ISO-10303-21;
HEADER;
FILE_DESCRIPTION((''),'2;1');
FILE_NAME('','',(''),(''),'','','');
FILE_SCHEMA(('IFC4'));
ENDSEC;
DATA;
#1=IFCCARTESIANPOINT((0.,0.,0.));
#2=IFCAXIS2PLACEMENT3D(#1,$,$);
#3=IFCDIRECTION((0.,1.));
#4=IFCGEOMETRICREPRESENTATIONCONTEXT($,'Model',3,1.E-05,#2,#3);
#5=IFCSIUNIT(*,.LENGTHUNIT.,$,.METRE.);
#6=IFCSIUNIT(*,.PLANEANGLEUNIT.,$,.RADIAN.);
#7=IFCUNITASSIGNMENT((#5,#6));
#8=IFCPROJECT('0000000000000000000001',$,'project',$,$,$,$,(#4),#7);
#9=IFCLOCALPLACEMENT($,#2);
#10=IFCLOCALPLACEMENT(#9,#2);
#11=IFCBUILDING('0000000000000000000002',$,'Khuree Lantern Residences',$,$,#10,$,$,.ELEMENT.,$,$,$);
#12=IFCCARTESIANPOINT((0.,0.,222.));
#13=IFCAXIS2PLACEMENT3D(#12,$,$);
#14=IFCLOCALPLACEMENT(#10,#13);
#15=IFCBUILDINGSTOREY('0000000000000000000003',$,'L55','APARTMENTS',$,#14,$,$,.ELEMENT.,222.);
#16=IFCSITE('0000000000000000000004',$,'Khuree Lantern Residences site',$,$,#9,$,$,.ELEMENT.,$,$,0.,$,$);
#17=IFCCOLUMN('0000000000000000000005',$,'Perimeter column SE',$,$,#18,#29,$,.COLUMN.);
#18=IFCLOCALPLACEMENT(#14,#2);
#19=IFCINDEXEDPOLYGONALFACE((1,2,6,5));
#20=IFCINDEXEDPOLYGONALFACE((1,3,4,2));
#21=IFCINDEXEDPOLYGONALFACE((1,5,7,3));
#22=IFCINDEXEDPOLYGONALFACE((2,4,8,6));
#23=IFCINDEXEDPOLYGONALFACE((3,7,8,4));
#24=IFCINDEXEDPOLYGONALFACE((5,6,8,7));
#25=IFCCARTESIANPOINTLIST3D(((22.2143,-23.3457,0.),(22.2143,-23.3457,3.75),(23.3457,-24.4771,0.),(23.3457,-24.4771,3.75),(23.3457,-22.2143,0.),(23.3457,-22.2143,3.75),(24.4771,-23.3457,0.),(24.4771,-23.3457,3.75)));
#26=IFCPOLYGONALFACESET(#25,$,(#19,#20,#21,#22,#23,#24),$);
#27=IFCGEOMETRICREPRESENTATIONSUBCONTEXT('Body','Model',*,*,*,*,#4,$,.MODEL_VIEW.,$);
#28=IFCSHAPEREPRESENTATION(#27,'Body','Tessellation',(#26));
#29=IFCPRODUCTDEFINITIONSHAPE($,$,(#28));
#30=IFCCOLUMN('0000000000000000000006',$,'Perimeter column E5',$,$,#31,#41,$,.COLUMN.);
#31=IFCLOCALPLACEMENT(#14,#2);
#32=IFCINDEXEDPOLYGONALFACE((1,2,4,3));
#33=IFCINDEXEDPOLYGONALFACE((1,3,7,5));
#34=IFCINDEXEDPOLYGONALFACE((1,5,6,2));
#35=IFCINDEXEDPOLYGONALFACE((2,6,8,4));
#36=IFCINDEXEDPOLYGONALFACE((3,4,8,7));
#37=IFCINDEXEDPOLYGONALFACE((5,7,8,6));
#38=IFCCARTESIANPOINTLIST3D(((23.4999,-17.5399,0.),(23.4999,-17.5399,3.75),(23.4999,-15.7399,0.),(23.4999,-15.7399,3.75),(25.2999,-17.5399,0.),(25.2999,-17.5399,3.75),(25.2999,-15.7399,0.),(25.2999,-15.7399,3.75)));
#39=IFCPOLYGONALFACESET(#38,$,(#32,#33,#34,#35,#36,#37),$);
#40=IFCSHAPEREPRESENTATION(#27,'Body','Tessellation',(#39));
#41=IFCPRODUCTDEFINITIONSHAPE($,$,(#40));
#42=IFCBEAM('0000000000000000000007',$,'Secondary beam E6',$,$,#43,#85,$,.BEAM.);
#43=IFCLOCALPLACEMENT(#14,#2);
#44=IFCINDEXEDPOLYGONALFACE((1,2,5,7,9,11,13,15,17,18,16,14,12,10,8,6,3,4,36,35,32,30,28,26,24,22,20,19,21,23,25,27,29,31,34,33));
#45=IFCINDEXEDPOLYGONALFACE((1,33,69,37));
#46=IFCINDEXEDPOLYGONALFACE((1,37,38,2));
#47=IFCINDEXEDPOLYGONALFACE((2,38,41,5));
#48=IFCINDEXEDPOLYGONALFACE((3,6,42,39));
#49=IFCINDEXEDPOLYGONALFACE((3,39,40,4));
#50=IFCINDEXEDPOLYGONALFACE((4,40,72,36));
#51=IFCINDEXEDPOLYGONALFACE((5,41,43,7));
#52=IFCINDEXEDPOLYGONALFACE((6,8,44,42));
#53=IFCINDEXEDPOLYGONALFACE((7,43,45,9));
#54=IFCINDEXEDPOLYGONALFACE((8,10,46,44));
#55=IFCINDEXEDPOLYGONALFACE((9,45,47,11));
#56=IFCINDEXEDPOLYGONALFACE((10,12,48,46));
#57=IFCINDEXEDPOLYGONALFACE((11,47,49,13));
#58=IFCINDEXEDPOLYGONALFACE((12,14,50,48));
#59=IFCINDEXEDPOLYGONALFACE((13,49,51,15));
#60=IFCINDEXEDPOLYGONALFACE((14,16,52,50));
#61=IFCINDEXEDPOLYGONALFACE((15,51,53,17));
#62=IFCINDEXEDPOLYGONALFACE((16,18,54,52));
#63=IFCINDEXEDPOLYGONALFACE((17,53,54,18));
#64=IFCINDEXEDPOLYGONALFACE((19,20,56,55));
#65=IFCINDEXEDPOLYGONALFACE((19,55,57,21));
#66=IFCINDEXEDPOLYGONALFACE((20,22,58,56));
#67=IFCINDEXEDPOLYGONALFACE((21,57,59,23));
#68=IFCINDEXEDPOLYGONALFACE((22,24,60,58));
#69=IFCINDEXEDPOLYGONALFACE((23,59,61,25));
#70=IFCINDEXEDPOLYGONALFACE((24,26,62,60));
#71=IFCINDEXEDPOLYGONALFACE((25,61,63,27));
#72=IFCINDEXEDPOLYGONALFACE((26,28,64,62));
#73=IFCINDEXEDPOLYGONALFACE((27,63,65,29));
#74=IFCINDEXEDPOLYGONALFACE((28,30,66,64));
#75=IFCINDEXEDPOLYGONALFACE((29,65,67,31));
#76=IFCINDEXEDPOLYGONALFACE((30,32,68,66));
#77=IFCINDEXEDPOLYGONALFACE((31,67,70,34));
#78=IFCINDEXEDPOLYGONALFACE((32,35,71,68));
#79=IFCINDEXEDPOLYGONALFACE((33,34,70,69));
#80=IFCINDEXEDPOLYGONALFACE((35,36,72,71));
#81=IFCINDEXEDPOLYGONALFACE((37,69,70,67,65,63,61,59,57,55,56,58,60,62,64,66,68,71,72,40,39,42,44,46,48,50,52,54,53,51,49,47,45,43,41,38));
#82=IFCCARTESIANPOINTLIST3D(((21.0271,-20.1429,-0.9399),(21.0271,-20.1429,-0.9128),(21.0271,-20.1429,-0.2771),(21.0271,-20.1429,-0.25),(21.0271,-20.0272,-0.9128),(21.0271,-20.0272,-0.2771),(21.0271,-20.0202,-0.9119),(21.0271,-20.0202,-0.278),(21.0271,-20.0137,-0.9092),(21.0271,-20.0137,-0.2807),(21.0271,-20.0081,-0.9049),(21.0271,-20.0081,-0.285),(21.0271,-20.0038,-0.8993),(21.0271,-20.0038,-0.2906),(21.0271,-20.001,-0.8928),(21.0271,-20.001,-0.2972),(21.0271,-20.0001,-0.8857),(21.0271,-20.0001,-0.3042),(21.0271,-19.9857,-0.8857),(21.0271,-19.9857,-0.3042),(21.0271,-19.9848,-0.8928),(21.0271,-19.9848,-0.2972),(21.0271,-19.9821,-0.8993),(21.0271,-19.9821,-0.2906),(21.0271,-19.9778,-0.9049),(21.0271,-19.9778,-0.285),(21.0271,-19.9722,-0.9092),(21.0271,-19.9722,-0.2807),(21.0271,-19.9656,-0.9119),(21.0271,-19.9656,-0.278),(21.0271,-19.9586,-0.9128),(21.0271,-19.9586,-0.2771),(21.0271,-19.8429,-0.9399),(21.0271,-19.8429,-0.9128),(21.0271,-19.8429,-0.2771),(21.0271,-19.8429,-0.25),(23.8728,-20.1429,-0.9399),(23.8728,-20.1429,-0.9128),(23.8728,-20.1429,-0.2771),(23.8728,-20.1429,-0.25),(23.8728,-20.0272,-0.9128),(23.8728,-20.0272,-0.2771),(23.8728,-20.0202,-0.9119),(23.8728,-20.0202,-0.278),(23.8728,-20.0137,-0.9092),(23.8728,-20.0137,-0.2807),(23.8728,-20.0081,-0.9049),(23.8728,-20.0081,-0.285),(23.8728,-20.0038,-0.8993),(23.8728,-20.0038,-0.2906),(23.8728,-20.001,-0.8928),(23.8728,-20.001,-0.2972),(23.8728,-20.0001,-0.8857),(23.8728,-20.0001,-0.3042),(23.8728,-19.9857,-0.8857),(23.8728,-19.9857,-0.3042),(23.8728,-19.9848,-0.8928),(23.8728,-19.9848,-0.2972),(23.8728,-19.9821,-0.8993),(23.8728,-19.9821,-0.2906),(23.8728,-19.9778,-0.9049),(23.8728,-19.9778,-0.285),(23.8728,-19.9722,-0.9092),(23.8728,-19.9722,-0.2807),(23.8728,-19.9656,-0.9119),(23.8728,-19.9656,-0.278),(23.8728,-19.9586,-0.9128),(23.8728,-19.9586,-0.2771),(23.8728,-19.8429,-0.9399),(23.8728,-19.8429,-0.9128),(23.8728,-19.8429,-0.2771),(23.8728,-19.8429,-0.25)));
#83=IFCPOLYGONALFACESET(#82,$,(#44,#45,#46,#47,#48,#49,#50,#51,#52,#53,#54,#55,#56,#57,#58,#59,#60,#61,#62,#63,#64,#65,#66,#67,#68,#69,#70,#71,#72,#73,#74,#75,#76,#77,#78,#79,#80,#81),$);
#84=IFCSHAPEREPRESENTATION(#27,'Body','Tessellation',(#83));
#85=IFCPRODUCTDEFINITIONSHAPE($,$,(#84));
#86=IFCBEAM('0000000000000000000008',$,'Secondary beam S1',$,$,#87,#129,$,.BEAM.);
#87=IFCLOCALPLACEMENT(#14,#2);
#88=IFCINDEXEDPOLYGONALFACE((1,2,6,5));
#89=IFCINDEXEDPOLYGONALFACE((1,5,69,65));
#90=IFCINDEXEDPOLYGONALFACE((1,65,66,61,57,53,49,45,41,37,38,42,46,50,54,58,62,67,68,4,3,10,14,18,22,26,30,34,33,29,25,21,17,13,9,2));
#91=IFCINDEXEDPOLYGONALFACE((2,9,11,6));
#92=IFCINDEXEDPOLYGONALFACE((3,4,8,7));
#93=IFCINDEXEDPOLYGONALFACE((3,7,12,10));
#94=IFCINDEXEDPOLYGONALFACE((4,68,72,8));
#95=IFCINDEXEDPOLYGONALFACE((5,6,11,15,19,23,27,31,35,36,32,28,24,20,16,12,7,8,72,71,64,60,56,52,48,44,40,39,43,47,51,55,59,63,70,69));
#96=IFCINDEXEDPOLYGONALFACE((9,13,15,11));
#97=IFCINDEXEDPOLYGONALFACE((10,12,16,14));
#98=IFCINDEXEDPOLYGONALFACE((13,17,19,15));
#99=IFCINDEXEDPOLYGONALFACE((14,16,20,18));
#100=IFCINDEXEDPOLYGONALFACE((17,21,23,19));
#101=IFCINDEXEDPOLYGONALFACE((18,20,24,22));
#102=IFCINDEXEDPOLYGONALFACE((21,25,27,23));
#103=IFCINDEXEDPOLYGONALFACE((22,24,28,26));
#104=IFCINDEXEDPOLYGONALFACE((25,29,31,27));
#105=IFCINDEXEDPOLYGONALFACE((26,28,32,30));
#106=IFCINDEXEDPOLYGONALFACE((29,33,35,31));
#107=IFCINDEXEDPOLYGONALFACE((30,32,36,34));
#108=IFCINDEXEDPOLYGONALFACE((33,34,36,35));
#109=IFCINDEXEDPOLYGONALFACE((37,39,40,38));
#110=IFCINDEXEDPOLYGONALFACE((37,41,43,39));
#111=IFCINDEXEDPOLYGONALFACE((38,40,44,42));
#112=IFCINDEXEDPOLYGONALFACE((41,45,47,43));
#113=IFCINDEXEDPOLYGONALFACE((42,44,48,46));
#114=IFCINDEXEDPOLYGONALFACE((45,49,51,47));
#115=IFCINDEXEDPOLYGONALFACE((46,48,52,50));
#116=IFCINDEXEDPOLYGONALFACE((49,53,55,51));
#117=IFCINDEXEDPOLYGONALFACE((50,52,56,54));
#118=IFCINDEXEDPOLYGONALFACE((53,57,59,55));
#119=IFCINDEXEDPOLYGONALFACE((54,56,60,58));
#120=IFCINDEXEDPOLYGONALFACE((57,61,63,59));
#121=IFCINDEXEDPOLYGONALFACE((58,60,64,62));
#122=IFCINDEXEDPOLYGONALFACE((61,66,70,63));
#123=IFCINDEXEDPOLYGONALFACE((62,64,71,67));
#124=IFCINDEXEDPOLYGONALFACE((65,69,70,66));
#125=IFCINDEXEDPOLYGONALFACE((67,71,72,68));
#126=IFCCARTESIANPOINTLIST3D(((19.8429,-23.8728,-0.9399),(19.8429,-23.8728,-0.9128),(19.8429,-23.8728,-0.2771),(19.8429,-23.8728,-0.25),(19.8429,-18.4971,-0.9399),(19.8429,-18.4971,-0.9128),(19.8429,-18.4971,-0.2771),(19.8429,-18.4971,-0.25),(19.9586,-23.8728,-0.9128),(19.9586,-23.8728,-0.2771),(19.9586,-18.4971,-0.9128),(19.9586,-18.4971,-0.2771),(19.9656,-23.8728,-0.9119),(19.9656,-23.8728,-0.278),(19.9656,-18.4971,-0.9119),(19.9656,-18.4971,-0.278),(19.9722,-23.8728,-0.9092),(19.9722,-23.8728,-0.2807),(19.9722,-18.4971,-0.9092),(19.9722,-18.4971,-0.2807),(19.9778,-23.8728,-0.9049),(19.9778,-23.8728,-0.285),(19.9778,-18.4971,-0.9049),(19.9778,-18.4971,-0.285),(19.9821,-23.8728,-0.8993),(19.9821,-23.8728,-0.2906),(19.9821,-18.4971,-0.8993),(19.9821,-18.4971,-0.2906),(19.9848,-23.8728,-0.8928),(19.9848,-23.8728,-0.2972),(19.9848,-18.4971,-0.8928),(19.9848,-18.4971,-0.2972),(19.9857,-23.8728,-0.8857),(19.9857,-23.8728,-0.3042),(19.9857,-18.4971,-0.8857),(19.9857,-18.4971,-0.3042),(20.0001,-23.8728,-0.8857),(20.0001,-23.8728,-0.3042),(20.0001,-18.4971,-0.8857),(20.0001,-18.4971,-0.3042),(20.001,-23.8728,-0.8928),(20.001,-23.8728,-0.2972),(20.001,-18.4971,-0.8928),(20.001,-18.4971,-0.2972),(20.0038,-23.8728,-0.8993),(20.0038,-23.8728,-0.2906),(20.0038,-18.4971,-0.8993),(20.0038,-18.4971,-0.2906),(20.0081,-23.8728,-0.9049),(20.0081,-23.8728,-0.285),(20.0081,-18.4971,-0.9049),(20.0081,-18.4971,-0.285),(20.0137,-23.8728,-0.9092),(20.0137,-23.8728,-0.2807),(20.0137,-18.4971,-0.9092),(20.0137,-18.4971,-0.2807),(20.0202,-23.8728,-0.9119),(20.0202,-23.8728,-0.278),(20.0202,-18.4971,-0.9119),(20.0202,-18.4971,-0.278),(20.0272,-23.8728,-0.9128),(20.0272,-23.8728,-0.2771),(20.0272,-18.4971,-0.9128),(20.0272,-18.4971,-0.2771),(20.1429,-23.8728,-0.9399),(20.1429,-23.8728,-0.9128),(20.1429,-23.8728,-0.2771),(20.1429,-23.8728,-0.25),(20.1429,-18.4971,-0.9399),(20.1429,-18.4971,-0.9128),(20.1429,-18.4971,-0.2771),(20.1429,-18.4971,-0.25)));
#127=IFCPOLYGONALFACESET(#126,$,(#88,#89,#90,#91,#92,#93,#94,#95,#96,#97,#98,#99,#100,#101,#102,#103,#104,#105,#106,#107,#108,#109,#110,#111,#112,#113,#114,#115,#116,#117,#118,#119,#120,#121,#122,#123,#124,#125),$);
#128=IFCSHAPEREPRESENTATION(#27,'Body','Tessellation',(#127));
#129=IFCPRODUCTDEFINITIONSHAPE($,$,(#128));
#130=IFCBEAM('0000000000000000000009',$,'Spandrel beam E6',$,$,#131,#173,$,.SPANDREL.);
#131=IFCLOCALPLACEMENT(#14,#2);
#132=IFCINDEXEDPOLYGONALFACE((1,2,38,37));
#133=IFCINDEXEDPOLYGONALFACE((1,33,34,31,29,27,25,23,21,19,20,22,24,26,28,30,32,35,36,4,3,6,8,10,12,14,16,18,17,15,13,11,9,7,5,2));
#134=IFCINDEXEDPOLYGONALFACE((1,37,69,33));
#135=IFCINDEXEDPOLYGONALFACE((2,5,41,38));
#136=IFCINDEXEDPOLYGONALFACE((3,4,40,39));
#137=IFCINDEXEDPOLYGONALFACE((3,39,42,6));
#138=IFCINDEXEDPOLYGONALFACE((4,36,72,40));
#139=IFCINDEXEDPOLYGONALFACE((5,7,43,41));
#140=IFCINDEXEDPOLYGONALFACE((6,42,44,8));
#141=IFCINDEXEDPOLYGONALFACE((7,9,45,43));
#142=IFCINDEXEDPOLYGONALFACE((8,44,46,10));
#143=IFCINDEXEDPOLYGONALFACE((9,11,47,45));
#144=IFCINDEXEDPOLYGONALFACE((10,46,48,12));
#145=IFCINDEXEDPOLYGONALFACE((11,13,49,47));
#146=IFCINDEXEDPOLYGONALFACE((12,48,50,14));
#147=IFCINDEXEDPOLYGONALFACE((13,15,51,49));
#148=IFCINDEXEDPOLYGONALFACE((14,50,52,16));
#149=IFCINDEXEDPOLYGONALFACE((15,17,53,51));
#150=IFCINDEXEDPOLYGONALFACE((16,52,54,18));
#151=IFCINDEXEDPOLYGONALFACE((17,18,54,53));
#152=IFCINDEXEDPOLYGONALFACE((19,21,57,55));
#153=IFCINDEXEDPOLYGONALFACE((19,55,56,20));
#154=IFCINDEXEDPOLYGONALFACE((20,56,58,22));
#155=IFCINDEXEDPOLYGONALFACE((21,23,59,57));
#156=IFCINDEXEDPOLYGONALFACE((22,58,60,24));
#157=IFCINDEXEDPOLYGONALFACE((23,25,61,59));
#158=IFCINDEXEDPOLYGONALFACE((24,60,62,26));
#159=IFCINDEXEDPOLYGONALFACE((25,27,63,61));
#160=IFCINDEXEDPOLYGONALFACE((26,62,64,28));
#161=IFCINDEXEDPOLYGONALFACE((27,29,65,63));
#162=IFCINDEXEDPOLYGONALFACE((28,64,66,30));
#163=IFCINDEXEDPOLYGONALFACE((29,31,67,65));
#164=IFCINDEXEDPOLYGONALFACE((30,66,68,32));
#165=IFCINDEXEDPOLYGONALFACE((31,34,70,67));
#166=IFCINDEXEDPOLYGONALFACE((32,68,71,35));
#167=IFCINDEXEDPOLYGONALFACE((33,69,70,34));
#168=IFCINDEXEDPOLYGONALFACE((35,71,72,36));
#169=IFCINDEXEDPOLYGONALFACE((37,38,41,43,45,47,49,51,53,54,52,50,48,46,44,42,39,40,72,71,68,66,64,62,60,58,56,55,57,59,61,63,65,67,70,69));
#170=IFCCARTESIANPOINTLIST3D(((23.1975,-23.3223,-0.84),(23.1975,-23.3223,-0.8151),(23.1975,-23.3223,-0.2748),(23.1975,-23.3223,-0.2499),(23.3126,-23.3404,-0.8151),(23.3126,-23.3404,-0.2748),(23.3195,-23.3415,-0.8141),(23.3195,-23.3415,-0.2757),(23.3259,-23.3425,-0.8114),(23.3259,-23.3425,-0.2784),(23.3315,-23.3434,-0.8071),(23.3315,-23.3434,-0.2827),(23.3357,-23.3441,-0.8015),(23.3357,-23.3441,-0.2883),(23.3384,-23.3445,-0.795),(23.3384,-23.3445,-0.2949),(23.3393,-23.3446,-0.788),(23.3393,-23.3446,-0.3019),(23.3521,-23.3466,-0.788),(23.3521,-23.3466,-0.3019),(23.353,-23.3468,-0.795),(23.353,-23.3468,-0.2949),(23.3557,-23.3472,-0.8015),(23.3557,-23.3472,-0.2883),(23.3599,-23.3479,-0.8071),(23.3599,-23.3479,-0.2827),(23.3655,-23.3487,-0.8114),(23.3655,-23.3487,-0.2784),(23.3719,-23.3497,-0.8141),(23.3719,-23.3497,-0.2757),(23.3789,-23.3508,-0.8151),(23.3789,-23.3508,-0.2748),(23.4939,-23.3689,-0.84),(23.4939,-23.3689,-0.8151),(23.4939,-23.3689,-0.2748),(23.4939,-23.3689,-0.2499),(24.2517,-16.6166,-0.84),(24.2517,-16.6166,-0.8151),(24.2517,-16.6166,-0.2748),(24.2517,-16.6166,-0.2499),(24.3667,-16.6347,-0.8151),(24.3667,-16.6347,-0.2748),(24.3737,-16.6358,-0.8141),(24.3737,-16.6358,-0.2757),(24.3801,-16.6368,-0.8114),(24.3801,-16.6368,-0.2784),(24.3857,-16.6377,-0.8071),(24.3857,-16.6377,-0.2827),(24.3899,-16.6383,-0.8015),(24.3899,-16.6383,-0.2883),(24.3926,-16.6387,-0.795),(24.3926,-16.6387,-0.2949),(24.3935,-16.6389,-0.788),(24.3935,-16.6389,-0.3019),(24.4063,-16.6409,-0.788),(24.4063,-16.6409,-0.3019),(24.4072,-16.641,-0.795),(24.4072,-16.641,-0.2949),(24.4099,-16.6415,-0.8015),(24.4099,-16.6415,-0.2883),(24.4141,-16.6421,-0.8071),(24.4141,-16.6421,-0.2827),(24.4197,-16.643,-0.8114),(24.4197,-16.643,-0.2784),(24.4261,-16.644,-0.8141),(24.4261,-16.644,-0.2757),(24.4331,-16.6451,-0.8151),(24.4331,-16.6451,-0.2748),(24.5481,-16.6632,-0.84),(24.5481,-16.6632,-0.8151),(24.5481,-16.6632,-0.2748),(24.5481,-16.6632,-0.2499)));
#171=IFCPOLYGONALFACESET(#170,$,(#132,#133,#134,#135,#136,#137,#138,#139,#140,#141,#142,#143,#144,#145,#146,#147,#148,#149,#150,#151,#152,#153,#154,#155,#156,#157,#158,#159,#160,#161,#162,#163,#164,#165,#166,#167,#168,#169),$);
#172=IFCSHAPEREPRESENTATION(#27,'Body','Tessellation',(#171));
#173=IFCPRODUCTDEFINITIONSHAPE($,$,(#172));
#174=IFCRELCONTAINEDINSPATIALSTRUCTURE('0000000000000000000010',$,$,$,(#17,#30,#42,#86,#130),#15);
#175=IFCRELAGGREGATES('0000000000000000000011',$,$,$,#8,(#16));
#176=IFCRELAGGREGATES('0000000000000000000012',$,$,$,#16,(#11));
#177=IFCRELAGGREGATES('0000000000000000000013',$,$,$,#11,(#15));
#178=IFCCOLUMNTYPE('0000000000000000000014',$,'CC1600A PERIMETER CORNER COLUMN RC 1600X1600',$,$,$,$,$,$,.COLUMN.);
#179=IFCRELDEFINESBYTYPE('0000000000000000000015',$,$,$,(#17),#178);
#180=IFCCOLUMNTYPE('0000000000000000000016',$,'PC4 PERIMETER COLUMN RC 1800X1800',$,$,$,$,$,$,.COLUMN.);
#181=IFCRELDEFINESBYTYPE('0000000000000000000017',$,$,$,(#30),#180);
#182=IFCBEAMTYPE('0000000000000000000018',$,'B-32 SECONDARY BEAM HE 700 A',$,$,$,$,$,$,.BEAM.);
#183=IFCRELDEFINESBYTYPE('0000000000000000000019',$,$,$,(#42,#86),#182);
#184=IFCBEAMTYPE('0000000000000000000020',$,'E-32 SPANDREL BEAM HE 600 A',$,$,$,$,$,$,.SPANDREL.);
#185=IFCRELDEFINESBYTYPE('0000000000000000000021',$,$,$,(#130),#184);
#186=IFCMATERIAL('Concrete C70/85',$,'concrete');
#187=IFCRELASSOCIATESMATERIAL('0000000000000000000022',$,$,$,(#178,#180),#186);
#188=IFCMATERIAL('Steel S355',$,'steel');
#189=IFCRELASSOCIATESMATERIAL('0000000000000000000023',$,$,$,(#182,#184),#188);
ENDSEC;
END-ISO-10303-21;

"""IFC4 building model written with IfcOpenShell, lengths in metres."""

from ifc_helpers import new_model, si_unit, direction, frame, origin, origin_2d, place, context, subcontext, project, spatial, rectangle, i_section, extrude, material, material_profile, profile_set, type_object, element, save


model = new_model("IFC4")

# Units and contexts
model_context = context("Model", 3, precision=1e-05, world=origin(), true_north=direction((0.0, 1.0)))
body_context = subcontext(model_context, "Body", "Model", "MODEL_VIEW")
ifc_project = project(units=[si_unit("LENGTHUNIT", "METRE"), si_unit("PLANEANGLEUNIT", "RADIAN")], contexts=[model_context])

# Site, building, storey
site_placement = place(None, origin())
site = spatial("IfcSite", under=ifc_project, at=site_placement, Name="Khuree Lantern Residences site", CompositionType="ELEMENT", RefElevation=0.0)
building_placement = place(site_placement, origin())
building = spatial("IfcBuilding", under=site, at=building_placement, Name="Khuree Lantern Residences", CompositionType="ELEMENT")
storey_placement = place(building_placement, frame((0.0, 0.0, 222.0)))
storey = spatial("IfcBuildingStorey", under=building, at=storey_placement, Name="L55", Description="APARTMENTS", CompositionType="ELEMENT", Elevation=222.0)

# Columns
ifc_material_1 = material(Name="Concrete C70/85", Category="concrete")
ifc_material_profile_1 = material_profile(ifc_material_1, rectangle(XDim=1.6001, YDim=1.6001, at=origin_2d()), Name="RC 1600X1600")
ifc_profile_set_1 = profile_set([ifc_material_profile_1], Name="Concrete C70/85")
column_type_1 = type_object("IfcColumnType", Name="CC1600A PERIMETER CORNER COLUMN RC 1600X1600", PredefinedType="COLUMN", material=ifc_profile_set_1)
column_1_placement = place(storey_placement, frame((23.3457, -23.3457, 0.0), z_axis=(0.0, 0.0, 1.0), x_axis=(0.707107, 0.707107, 0.0)))
element("IfcColumn", 1, at=column_1_placement, inside=storey, type_object=column_type_1, Name="Perimeter column SE", PredefinedType="COLUMN", context=body_context, shape_type="SweptSolid", body=[
    extrude(rectangle(XDim=1.6001, YDim=1.6001, at=origin_2d()), origin(), (0.0, 0.0, 1.0), 3.75),
])
ifc_material_profile_2 = material_profile(ifc_material_1, rectangle(XDim=1.8, YDim=1.8, at=origin_2d()), Name="RC 1800X1800")
ifc_profile_set_2 = profile_set([ifc_material_profile_2], Name="Concrete C70/85")
column_type_2 = type_object("IfcColumnType", Name="PC4 PERIMETER COLUMN RC 1800X1800", PredefinedType="COLUMN", material=ifc_profile_set_2)
column_2_placement = place(storey_placement, frame((24.3999, -16.6399, 0.0), z_axis=(0.0, 0.0, 1.0), x_axis=(0.0, 1.0, 0.0)))
element("IfcColumn", 2, at=column_2_placement, inside=storey, type_object=column_type_2, Name="Perimeter column E5", PredefinedType="COLUMN", context=body_context, shape_type="SweptSolid", body=[
    extrude(rectangle(XDim=1.8, YDim=1.8, at=origin_2d()), origin(), (0.0, 0.0, 1.0), 3.75),
])

# Beams
ifc_material_2 = material(Name="Steel S355", Category="steel")
ifc_material_profile_3 = material_profile(ifc_material_2, i_section(OverallWidth=0.3, OverallDepth=0.6899, WebThickness=0.0144, FlangeThickness=0.0271, FilletRadius=0.0271, at=origin_2d()), Name="HE 700 A")
ifc_profile_set_3 = profile_set([ifc_material_profile_3], Name="Steel S355")
beam_type_1 = type_object("IfcBeamType", Name="B-32 SECONDARY BEAM HE 700 A", PredefinedType="BEAM", material=ifc_profile_set_3)
beam_1_placement = place(storey_placement, frame((23.8728, -19.9929, -0.595), z_axis=(-1.0, 0.0, 0.0), x_axis=(0.0, -1.0, 0.0)))
element("IfcBeam", 3, at=beam_1_placement, inside=storey, type_object=beam_type_1, Name="Secondary beam E6", PredefinedType="BEAM", context=body_context, shape_type="SweptSolid", body=[
    extrude(i_section(OverallWidth=0.3, OverallDepth=0.6899, WebThickness=0.0144, FlangeThickness=0.0271, FilletRadius=0.0271, at=origin_2d()), origin(), (0.0, 0.0, 1.0), 2.8457),
])
beam_2_placement = place(storey_placement, frame((19.9929, -23.8728, -0.595), z_axis=(0.0, 1.0, 0.0), x_axis=(-1.0, 0.0, 0.0)))
element("IfcBeam", 4, at=beam_2_placement, inside=storey, type_object=beam_type_1, Name="Secondary beam S1", PredefinedType="BEAM", context=body_context, shape_type="SweptSolid", body=[
    extrude(i_section(OverallWidth=0.3, OverallDepth=0.6899, WebThickness=0.0144, FlangeThickness=0.0271, FilletRadius=0.0271, at=origin_2d()), origin(), (0.0, 0.0, 1.0), 5.3757),
])
ifc_material_profile_4 = material_profile(ifc_material_2, i_section(OverallWidth=0.3, OverallDepth=0.5901, WebThickness=0.0129, FlangeThickness=0.0249, FilletRadius=0.0271, at=origin_2d()), Name="HE 600 A")
ifc_profile_set_4 = profile_set([ifc_material_profile_4], Name="Steel S355")
beam_type_2 = type_object("IfcBeamType", Name="E-32 SPANDREL BEAM HE 600 A", PredefinedType="SPANDREL", material=ifc_profile_set_4)
for number, where, z_axis, x_axis, name in (
    (5, (24.3999, -16.6399, -0.5449), (-0.1553, -0.987867, 0.0), (0.987867, -0.1553, 0.0), "Spandrel beam E6"),
):
    element("IfcBeam", number, at=place(storey_placement, frame(where, z_axis=z_axis, x_axis=x_axis)), inside=storey, type_object=beam_type_2, Name=name, PredefinedType="SPANDREL", context=body_context, shape_type="SweptSolid", body=[
        extrude(i_section(OverallWidth=0.3, OverallDepth=0.5901, WebThickness=0.0129, FlangeThickness=0.0249, FilletRadius=0.0271, at=origin_2d()), origin(), (0.0, 0.0, 1.0), 6.7881),
    ])

save(model, "model.ifc")
